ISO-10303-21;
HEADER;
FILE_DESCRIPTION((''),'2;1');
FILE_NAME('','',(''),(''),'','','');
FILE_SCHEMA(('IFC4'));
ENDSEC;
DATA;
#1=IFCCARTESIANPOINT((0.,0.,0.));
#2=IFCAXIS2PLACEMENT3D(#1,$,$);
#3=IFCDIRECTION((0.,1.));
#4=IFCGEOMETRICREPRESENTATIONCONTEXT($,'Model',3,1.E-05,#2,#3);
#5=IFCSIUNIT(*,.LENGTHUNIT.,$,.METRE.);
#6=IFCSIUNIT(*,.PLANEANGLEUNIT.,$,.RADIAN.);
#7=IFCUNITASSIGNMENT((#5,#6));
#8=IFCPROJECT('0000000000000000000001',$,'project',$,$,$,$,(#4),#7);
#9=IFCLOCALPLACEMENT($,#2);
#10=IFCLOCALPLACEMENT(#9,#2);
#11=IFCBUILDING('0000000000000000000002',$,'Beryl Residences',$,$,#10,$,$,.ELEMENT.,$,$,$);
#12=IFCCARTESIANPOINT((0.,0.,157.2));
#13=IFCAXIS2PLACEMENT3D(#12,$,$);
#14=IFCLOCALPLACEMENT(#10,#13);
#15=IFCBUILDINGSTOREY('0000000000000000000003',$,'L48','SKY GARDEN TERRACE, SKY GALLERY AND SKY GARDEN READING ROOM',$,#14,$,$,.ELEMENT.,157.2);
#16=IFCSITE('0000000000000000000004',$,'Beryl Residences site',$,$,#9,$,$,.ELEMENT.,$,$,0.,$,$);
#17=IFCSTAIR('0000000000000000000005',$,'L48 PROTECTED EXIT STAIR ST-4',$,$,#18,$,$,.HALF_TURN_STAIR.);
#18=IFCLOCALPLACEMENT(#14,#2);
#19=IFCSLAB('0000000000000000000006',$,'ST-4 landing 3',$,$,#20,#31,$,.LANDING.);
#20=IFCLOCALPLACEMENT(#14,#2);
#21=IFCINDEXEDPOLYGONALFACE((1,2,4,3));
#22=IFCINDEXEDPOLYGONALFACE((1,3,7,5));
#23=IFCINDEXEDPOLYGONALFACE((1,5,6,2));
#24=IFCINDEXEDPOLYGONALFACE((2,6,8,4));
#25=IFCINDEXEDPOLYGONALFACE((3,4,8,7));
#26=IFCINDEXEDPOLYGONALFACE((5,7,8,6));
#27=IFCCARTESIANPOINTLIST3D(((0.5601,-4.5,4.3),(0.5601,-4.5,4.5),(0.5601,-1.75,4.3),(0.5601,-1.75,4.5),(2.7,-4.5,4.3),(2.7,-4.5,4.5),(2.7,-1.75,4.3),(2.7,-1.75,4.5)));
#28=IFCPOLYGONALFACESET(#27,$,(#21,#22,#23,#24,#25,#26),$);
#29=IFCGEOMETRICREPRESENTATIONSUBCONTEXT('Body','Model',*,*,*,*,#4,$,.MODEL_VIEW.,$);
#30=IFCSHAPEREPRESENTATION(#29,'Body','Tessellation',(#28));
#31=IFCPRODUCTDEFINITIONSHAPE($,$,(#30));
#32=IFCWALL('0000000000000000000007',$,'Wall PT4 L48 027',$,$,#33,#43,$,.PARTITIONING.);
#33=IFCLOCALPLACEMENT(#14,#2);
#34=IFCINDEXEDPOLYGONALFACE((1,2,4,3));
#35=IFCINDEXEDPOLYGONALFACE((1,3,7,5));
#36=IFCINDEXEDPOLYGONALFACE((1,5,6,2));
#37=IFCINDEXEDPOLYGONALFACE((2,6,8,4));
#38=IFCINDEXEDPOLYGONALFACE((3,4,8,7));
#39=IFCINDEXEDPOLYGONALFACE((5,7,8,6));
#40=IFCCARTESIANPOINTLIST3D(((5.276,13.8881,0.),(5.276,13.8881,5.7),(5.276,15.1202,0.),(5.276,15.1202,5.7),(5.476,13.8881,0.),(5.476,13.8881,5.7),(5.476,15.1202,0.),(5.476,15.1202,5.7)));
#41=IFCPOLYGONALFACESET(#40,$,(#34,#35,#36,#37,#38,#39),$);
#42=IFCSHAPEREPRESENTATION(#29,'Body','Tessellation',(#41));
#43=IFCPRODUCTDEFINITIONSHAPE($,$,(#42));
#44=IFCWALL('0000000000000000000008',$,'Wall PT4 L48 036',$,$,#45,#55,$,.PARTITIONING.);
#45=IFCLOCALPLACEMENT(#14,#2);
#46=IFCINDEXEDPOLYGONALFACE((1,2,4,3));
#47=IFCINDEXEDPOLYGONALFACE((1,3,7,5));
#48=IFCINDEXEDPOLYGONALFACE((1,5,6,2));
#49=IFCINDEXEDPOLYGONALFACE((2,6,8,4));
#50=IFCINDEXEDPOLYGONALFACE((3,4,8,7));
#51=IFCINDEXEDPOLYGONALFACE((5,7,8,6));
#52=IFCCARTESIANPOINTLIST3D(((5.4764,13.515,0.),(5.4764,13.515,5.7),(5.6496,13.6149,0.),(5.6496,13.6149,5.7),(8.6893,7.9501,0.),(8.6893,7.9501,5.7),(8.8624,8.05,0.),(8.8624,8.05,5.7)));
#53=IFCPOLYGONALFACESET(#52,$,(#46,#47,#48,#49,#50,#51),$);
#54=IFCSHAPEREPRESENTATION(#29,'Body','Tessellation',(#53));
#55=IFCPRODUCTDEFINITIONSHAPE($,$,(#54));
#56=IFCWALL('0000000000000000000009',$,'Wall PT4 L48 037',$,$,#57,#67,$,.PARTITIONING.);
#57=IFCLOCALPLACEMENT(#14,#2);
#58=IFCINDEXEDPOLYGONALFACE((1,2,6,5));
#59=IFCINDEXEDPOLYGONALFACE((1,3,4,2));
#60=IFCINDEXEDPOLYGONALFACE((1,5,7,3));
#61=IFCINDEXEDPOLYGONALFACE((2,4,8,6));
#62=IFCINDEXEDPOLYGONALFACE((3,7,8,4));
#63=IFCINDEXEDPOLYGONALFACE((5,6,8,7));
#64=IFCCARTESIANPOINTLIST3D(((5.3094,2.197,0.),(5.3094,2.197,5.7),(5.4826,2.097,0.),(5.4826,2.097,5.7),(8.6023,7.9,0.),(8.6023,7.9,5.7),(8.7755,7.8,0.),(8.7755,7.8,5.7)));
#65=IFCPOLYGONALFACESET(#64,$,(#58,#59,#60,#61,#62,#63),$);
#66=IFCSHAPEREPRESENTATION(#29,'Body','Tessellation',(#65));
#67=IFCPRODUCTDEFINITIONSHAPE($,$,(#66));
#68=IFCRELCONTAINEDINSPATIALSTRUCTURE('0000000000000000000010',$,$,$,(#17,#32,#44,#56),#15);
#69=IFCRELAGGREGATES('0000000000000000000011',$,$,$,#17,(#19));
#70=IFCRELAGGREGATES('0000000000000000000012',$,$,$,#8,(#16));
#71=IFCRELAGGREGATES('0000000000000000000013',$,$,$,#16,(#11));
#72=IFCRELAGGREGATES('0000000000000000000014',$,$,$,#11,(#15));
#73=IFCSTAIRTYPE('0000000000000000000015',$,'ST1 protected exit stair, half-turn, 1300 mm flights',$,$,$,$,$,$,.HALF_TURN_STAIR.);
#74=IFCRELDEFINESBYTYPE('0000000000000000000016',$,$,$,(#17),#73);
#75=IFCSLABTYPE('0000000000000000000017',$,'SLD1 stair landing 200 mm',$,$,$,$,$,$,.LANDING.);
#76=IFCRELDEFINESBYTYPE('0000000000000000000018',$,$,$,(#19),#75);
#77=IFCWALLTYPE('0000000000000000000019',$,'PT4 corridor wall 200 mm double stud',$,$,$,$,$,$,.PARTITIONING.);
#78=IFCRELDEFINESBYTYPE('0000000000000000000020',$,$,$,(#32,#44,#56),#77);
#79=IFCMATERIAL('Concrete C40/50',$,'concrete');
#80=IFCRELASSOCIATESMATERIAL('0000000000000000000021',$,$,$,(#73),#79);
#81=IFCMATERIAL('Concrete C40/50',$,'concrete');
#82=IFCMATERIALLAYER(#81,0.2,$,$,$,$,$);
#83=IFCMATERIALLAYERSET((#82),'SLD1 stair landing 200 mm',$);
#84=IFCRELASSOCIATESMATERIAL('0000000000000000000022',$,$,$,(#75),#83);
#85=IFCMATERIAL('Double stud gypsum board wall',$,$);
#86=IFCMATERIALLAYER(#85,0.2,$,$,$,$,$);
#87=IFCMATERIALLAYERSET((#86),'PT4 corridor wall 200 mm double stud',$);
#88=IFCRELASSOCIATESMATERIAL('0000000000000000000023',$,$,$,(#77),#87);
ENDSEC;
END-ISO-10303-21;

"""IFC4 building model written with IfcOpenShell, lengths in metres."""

from ifc_helpers import new_model, si_unit, direction, frame, frame_2d, origin, place, context, subcontext, project, spatial, polyline, rectangle, outline, extrude, material, layer, layer_set, type_object, element, aggregate, save


model = new_model("IFC4")

# Units and contexts
model_context = context("Model", 3, precision=1e-05, world=origin(), true_north=direction((0.0, 1.0)))
body_context = subcontext(model_context, "Body", "Model", "MODEL_VIEW")
ifc_project = project(units=[si_unit("LENGTHUNIT", "METRE"), si_unit("PLANEANGLEUNIT", "RADIAN")], contexts=[model_context])

# Site, building, storey
site_placement = place(None, origin())
site = spatial("IfcSite", under=ifc_project, at=site_placement, Name="Beryl Residences site", CompositionType="ELEMENT", RefElevation=0.0)
building_placement = place(site_placement, origin())
building = spatial("IfcBuilding", under=site, at=building_placement, Name="Beryl Residences", CompositionType="ELEMENT")
storey_placement = place(building_placement, frame((0.0, 0.0, 157.2)))
storey = spatial("IfcBuildingStorey", under=building, at=storey_placement, Name="L48", Description="SKY GARDEN TERRACE, SKY GALLERY AND SKY GARDEN READING ROOM", CompositionType="ELEMENT", Elevation=157.2)

# Stair, slab
ifc_material_1 = material(Name="Concrete C40/50", Category="concrete")
stair_type = type_object("IfcStairType", Name="ST1 protected exit stair, half-turn, 1300 mm flights", PredefinedType="HALF_TURN_STAIR", material=ifc_material_1)
ifc_material_2 = material(Name="Concrete C40/50", Category="concrete")
ifc_layer_1 = layer(ifc_material_2, 0.2)
ifc_layer_set_1 = layer_set([ifc_layer_1], Name="SLD1 stair landing 200 mm")
slab_type = type_object("IfcSlabType", Name="SLD1 stair landing 200 mm", PredefinedType="LANDING", material=ifc_layer_set_1)
stair_1_placement = place(storey_placement, origin())
stair_1 = element("IfcStair", 1, at=stair_1_placement, inside=storey, type_object=stair_type, Name="L48 PROTECTED EXIT STAIR ST-4", PredefinedType="HALF_TURN_STAIR")
slab_1_placement = place(storey_placement, frame((0.0, 0.0, 4.3)))
slab_1 = element("IfcSlab", 2, at=slab_1_placement, type_object=slab_type, Name="ST-4 landing 3", PredefinedType="LANDING", context=body_context, shape_type="SweptSolid", body=[
    extrude(outline(polyline([(0.5601, -4.5), (2.7, -4.5), (2.7, -1.75), (0.5601, -1.75), (0.5601, -4.5)])), origin(), (0.0, 0.0, 1.0), 0.2),
])
aggregate(stair_1, [slab_1])

# Walls
ifc_material_3 = material(Name="Double stud gypsum board wall")
ifc_layer_2 = layer(ifc_material_3, 0.2)
ifc_layer_set_2 = layer_set([ifc_layer_2], Name="PT4 corridor wall 200 mm double stud")
wall_type_1 = type_object("IfcWallType", Name="PT4 corridor wall 200 mm double stud", PredefinedType="PARTITIONING", material=ifc_layer_set_2)
wall_1_placement = place(storey_placement, frame((5.376, 13.8879, 0.0), z_axis=(0.0, 0.0, 1.0), x_axis=(0.0, 1.0, 0.0)))
element("IfcWall", 3, at=wall_1_placement, inside=storey, type_object=wall_type_1, Name="Wall PT4 L48 027", PredefinedType="PARTITIONING", context=body_context, shape_type="SweptSolid", body=[
    extrude(rectangle(XDim=1.2322, YDim=0.2, at=frame_2d((0.6162, 0.0))), origin(), (0.0, 0.0, 1.0), 5.7),
])
wall_2_placement = place(storey_placement, frame((5.563, 13.5649, 0.0), z_axis=(0.0, 0.0, 1.0), x_axis=(0.499997, -0.866027, 0.0)))
element("IfcWall", 4, at=wall_2_placement, inside=storey, type_object=wall_type_1, Name="Wall PT4 L48 036", PredefinedType="PARTITIONING", context=body_context, shape_type="SweptSolid", body=[
    extrude(rectangle(XDim=6.4258, YDim=0.2, at=frame_2d((3.2129, 0.0))), origin(), (0.0, 0.0, 1.0), 5.7),
])
wall_3_placement = place(storey_placement, frame((5.396, 2.147, 0.0), z_axis=(0.0, 0.0, 1.0), x_axis=(0.500031, 0.866008, 0.0)))
element("IfcWall", 5, at=wall_3_placement, inside=storey, type_object=wall_type_1, Name="Wall PT4 L48 037", PredefinedType="PARTITIONING", context=body_context, shape_type="SweptSolid", body=[
    extrude(rectangle(XDim=6.5854, YDim=0.2, at=frame_2d((3.2927, 0.0))), origin(), (0.0, 0.0, 1.0), 5.7),
])

save(model, "model.ifc")
